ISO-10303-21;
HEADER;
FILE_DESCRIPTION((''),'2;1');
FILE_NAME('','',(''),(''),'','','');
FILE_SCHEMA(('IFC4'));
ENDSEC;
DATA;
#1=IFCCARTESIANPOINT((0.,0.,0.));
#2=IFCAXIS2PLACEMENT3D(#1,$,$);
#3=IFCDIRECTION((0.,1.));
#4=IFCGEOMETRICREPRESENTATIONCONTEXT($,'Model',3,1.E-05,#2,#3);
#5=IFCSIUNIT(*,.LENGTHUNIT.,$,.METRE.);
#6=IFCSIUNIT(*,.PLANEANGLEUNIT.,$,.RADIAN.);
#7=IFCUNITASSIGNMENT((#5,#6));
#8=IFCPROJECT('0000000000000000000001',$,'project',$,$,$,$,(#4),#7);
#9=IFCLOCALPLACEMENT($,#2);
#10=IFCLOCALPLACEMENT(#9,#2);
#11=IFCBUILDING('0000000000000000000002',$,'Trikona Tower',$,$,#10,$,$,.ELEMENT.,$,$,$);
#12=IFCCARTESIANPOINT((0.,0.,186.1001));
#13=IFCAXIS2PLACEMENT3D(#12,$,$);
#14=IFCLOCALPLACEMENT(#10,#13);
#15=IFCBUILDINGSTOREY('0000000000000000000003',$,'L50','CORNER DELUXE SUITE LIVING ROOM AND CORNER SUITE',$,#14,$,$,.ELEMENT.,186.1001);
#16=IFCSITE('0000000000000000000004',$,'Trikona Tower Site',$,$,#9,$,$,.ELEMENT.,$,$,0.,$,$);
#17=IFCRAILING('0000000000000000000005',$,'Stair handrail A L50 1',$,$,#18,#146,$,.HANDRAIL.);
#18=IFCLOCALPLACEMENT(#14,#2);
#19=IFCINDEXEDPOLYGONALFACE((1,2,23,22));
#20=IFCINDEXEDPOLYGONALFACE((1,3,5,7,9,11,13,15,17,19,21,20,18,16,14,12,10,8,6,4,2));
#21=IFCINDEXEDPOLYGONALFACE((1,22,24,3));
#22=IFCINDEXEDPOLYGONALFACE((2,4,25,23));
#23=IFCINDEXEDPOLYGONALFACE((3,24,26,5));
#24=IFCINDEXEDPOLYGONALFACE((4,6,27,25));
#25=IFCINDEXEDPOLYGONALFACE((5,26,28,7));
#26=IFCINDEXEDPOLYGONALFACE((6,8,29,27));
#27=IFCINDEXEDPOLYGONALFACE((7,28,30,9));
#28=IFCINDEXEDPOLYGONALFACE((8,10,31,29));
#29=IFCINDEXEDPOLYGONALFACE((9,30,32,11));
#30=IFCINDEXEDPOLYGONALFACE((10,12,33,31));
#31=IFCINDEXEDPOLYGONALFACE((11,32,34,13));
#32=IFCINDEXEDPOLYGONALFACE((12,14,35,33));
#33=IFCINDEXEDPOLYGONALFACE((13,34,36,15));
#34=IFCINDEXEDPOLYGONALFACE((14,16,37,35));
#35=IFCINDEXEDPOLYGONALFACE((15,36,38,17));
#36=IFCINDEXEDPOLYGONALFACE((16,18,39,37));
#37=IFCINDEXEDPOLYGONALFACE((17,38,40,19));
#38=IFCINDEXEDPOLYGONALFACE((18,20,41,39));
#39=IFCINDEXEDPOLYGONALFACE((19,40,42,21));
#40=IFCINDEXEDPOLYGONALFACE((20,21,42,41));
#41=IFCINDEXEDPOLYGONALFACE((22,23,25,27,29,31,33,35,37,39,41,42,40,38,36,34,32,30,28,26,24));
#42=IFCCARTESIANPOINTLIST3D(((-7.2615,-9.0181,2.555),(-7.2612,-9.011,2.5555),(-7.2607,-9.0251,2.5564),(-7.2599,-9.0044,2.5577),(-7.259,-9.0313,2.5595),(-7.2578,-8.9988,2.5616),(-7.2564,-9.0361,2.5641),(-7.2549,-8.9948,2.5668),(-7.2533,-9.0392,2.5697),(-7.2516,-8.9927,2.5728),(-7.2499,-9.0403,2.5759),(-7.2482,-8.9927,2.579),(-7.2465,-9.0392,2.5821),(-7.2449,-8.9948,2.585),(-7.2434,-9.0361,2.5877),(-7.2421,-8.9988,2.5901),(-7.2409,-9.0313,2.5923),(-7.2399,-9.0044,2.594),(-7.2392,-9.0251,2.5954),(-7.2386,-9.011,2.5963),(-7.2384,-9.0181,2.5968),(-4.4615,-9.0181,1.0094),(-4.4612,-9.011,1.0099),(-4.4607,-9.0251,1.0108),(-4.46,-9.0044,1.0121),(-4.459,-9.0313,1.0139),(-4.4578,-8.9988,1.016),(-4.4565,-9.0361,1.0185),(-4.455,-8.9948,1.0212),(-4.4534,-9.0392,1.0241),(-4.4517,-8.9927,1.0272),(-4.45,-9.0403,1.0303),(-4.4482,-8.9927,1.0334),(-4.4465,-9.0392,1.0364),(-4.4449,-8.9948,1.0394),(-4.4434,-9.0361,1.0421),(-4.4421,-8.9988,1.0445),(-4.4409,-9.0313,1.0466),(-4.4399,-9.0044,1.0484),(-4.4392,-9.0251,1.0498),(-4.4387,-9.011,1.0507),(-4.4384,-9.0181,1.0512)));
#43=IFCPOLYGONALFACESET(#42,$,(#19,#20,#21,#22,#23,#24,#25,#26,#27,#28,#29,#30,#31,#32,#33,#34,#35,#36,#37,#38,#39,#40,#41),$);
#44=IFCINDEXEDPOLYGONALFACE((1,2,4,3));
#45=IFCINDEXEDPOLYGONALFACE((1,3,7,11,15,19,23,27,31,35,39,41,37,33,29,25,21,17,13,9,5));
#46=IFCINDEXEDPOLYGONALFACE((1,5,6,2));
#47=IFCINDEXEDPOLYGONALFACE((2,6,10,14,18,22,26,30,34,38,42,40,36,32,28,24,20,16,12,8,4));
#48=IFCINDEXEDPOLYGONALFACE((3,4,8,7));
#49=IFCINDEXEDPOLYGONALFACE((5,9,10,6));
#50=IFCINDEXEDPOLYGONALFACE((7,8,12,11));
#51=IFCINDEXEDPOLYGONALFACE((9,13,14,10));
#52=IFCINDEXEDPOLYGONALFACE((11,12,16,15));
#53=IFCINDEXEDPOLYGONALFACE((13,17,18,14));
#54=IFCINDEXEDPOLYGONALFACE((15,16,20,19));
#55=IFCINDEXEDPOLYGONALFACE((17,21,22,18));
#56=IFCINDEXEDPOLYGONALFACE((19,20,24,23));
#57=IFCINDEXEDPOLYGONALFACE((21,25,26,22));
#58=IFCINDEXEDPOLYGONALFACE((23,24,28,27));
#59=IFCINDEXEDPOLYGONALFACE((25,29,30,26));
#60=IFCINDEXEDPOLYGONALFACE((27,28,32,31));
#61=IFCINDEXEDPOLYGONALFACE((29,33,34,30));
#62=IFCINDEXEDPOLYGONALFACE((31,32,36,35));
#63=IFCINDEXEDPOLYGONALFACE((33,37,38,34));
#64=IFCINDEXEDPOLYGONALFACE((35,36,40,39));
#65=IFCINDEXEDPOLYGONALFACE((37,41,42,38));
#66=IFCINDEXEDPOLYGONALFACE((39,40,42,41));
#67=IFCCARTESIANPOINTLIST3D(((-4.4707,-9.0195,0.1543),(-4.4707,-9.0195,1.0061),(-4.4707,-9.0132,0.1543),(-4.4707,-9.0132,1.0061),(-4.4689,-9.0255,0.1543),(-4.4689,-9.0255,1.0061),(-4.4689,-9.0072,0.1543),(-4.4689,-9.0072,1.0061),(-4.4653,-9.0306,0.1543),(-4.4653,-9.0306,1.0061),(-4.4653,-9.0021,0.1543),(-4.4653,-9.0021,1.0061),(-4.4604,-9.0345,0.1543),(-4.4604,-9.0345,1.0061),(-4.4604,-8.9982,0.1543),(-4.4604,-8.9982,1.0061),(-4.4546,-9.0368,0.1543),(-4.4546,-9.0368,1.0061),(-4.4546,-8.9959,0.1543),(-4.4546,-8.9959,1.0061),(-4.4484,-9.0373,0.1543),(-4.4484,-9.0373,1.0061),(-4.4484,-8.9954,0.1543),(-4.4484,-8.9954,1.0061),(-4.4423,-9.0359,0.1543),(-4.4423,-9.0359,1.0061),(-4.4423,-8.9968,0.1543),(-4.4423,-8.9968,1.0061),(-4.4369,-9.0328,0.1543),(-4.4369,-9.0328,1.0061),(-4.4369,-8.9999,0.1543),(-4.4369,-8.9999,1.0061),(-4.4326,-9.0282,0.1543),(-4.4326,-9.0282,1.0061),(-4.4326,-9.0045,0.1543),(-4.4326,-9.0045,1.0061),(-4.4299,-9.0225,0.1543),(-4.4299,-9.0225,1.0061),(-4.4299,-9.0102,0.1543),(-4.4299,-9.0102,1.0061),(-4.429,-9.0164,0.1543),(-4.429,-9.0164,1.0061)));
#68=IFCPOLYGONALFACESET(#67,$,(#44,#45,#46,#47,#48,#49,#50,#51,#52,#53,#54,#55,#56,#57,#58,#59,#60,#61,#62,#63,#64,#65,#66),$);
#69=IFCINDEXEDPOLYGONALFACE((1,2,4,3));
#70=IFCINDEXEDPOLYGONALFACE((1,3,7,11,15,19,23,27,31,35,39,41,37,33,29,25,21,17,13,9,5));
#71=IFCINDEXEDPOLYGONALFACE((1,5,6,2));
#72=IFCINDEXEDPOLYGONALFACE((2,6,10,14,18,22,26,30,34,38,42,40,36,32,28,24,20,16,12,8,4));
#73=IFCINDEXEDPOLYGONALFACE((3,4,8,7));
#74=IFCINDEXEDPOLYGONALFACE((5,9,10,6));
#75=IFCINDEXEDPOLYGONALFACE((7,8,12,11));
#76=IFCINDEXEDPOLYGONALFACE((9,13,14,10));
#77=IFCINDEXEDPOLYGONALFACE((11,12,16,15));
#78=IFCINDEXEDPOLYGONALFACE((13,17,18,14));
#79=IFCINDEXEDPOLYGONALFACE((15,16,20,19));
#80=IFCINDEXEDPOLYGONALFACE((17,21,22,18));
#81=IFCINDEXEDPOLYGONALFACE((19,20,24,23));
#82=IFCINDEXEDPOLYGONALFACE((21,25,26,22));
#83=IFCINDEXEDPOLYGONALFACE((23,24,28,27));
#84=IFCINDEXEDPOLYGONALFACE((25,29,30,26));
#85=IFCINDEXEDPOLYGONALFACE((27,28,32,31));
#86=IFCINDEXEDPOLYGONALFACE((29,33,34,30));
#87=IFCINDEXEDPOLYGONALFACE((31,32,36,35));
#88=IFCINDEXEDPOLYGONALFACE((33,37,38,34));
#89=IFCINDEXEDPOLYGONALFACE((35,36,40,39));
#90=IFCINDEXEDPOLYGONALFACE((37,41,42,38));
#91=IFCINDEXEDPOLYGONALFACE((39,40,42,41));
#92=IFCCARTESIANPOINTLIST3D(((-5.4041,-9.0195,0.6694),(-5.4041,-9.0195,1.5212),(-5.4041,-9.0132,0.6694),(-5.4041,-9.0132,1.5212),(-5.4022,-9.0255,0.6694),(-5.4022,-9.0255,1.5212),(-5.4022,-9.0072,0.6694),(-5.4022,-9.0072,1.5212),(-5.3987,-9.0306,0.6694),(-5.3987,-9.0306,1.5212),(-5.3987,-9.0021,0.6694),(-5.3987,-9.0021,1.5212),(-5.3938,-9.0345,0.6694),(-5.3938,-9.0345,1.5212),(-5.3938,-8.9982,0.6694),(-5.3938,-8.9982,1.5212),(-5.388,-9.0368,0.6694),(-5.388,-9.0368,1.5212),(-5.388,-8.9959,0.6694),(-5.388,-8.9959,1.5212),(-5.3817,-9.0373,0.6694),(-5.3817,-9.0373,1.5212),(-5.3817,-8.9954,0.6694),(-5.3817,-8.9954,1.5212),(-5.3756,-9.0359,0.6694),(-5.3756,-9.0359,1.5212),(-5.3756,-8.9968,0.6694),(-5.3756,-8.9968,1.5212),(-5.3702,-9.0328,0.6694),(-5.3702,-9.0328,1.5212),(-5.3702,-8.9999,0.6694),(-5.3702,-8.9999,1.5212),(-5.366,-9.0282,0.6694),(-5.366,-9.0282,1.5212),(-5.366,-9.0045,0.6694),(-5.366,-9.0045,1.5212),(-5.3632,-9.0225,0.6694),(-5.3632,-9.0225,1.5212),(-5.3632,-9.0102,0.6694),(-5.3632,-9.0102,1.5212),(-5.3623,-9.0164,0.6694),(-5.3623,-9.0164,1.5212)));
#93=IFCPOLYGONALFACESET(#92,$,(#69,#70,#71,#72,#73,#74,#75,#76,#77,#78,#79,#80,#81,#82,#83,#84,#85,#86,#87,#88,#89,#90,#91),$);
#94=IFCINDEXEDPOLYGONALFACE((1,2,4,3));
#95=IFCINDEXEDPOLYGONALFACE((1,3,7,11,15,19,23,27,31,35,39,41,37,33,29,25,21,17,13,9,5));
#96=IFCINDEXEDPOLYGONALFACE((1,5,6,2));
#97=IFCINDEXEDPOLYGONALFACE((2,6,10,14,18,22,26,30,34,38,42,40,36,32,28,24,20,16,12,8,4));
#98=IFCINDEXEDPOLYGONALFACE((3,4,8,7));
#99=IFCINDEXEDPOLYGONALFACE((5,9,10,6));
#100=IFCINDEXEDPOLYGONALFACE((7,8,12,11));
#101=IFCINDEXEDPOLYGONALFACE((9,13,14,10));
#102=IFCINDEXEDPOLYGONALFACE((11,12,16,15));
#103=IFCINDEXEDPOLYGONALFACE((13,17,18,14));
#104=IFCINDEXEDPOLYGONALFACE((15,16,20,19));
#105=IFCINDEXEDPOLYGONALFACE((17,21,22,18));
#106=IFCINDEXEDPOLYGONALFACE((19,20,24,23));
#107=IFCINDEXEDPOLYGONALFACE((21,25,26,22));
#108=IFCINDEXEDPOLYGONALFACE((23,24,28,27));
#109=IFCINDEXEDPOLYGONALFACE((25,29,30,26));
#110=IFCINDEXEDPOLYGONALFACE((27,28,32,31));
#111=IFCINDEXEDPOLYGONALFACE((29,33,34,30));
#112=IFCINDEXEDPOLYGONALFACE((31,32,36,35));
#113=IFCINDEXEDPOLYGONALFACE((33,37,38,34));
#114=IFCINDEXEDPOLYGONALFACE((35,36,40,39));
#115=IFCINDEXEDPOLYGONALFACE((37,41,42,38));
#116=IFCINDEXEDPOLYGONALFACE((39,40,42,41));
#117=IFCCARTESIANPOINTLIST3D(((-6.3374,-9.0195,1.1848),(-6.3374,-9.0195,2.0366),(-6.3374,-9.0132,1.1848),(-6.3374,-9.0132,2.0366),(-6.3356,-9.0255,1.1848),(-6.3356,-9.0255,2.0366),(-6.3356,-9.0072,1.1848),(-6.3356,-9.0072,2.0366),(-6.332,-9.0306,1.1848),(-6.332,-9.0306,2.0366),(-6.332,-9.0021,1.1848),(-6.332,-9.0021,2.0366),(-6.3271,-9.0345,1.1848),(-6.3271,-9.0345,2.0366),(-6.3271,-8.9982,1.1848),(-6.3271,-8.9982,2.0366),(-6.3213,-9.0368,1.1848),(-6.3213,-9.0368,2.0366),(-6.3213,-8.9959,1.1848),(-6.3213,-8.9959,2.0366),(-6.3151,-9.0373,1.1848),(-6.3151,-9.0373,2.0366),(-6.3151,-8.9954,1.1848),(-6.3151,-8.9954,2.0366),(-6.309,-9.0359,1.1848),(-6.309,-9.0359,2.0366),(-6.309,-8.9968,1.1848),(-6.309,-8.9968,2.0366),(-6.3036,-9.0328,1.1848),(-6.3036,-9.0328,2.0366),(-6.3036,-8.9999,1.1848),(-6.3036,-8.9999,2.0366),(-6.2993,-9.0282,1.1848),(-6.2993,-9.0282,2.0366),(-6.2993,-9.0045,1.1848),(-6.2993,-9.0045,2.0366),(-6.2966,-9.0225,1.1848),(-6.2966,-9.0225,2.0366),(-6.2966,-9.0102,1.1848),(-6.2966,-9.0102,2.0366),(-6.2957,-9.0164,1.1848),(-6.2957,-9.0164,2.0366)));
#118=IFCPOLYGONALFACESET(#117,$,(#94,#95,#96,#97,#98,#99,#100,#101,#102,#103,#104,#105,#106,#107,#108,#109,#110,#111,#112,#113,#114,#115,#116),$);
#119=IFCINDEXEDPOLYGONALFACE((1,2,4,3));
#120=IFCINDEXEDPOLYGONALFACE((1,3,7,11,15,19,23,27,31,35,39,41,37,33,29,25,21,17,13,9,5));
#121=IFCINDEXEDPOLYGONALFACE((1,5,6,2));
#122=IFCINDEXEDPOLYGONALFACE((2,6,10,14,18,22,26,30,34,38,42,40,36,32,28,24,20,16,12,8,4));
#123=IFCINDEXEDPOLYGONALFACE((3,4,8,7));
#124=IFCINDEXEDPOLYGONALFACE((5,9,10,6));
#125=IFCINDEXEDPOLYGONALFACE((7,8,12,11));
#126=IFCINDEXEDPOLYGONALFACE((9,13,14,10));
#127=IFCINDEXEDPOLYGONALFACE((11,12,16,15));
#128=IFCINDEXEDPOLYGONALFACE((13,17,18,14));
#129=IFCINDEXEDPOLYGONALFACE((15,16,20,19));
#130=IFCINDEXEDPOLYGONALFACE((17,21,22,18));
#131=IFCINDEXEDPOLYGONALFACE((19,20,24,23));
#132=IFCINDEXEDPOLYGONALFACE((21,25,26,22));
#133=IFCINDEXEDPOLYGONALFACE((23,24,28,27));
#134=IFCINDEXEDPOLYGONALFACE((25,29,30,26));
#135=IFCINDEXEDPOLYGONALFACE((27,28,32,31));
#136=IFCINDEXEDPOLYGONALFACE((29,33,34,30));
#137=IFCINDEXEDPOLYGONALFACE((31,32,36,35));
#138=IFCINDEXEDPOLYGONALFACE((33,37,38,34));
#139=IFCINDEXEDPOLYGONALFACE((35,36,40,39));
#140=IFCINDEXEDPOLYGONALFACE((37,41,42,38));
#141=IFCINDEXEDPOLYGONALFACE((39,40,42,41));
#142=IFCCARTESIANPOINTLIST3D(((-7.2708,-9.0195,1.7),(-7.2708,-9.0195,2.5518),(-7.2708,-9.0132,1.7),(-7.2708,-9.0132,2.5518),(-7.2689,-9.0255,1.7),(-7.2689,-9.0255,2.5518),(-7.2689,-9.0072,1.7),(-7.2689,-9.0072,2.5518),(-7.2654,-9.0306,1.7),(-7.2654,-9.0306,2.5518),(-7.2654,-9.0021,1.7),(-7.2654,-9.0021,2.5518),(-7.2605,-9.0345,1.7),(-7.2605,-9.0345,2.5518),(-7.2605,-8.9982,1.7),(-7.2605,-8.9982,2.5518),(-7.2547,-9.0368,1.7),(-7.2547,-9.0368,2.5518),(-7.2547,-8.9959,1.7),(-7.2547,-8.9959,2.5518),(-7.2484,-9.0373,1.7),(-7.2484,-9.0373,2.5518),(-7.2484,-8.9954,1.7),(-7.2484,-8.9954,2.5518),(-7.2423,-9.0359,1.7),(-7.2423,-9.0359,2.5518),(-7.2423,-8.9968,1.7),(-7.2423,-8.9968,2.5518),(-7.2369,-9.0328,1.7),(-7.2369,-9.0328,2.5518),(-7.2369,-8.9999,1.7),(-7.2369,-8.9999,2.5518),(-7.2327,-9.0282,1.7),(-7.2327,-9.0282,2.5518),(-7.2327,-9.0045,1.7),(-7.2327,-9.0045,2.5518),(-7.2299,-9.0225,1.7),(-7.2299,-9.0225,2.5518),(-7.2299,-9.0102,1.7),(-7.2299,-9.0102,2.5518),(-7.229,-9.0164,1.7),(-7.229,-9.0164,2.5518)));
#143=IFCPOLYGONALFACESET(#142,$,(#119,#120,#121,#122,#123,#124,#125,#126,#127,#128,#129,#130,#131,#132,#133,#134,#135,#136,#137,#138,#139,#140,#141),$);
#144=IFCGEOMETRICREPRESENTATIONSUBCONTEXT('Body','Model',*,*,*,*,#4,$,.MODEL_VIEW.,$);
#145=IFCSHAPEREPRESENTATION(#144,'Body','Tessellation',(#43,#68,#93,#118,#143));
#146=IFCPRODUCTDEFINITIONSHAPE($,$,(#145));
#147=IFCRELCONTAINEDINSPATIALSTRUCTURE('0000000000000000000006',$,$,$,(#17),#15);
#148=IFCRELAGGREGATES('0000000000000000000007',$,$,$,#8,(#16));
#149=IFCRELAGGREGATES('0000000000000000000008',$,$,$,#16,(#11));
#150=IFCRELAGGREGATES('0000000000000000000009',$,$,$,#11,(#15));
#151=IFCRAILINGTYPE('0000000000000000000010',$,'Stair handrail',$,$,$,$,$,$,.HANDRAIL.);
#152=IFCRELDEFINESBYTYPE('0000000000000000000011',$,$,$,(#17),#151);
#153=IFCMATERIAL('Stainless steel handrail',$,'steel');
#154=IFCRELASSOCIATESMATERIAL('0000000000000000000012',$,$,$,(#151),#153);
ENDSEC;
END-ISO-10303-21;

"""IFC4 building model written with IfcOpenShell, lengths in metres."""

from ifc_helpers import new_model, si_unit, direction, frame, origin, origin_2d, place, context, subcontext, project, spatial, circle, extrude, material, type_object, element, save


model = new_model("IFC4")

# Units and contexts
model_context = context("Model", 3, precision=1e-05, world=origin(), true_north=direction((0.0, 1.0)))
body_context = subcontext(model_context, "Body", "Model", "MODEL_VIEW")
ifc_project = project(units=[si_unit("LENGTHUNIT", "METRE"), si_unit("PLANEANGLEUNIT", "RADIAN")], contexts=[model_context])

# Site, building, storey
site_placement = place(None, origin())
site = spatial("IfcSite", under=ifc_project, at=site_placement, Name="Trikona Tower Site", CompositionType="ELEMENT", RefElevation=0.0)
building_placement = place(site_placement, origin())
building = spatial("IfcBuilding", under=site, at=building_placement, Name="Trikona Tower", CompositionType="ELEMENT")
storey_placement = place(building_placement, frame((0.0, 0.0, 186.1001)))
storey = spatial("IfcBuildingStorey", under=building, at=storey_placement, Name="L50", Description="CORNER DELUXE SUITE LIVING ROOM AND CORNER SUITE", CompositionType="ELEMENT", Elevation=186.1001)

# Railing
ifc_material_1 = material(Name="Stainless steel handrail", Category="steel")
railing_type = type_object("IfcRailingType", Name="Stair handrail", PredefinedType="HANDRAIL", material=ifc_material_1)
railing_1_placement = place(storey_placement, frame((-4.45, -9.0164, 0.1543)))
element("IfcRailing", 1, at=railing_1_placement, inside=storey, type_object=railing_type, Name="Stair handrail A L50 1", PredefinedType="HANDRAIL", context=body_context, shape_type="SweptSolid", body=[
    extrude(circle(Radius=0.0239, at=origin_2d()), frame((0.0, 0.0, 0.876), z_axis=(-0.875472, 0.0, 0.483269), x_axis=(0.0, -1.0, 0.0)), (0.0, 0.0, 1.0), 3.1982),
    extrude(circle(Radius=0.021, at=origin_2d()), origin(), (0.0, 0.0, 1.0), 0.8518),
    extrude(circle(Radius=0.021, at=origin_2d()), frame((-0.9333, 0.0, 0.5151)), (0.0, 0.0, 1.0), 0.8518),
    extrude(circle(Radius=0.021, at=origin_2d()), frame((-1.8667, 0.0, 1.0305)), (0.0, 0.0, 1.0), 0.8518),
    extrude(circle(Radius=0.021, at=origin_2d()), frame((-2.8, 0.0, 1.5457)), (0.0, 0.0, 1.0), 0.8518),
])

save(model, "model.ifc")
